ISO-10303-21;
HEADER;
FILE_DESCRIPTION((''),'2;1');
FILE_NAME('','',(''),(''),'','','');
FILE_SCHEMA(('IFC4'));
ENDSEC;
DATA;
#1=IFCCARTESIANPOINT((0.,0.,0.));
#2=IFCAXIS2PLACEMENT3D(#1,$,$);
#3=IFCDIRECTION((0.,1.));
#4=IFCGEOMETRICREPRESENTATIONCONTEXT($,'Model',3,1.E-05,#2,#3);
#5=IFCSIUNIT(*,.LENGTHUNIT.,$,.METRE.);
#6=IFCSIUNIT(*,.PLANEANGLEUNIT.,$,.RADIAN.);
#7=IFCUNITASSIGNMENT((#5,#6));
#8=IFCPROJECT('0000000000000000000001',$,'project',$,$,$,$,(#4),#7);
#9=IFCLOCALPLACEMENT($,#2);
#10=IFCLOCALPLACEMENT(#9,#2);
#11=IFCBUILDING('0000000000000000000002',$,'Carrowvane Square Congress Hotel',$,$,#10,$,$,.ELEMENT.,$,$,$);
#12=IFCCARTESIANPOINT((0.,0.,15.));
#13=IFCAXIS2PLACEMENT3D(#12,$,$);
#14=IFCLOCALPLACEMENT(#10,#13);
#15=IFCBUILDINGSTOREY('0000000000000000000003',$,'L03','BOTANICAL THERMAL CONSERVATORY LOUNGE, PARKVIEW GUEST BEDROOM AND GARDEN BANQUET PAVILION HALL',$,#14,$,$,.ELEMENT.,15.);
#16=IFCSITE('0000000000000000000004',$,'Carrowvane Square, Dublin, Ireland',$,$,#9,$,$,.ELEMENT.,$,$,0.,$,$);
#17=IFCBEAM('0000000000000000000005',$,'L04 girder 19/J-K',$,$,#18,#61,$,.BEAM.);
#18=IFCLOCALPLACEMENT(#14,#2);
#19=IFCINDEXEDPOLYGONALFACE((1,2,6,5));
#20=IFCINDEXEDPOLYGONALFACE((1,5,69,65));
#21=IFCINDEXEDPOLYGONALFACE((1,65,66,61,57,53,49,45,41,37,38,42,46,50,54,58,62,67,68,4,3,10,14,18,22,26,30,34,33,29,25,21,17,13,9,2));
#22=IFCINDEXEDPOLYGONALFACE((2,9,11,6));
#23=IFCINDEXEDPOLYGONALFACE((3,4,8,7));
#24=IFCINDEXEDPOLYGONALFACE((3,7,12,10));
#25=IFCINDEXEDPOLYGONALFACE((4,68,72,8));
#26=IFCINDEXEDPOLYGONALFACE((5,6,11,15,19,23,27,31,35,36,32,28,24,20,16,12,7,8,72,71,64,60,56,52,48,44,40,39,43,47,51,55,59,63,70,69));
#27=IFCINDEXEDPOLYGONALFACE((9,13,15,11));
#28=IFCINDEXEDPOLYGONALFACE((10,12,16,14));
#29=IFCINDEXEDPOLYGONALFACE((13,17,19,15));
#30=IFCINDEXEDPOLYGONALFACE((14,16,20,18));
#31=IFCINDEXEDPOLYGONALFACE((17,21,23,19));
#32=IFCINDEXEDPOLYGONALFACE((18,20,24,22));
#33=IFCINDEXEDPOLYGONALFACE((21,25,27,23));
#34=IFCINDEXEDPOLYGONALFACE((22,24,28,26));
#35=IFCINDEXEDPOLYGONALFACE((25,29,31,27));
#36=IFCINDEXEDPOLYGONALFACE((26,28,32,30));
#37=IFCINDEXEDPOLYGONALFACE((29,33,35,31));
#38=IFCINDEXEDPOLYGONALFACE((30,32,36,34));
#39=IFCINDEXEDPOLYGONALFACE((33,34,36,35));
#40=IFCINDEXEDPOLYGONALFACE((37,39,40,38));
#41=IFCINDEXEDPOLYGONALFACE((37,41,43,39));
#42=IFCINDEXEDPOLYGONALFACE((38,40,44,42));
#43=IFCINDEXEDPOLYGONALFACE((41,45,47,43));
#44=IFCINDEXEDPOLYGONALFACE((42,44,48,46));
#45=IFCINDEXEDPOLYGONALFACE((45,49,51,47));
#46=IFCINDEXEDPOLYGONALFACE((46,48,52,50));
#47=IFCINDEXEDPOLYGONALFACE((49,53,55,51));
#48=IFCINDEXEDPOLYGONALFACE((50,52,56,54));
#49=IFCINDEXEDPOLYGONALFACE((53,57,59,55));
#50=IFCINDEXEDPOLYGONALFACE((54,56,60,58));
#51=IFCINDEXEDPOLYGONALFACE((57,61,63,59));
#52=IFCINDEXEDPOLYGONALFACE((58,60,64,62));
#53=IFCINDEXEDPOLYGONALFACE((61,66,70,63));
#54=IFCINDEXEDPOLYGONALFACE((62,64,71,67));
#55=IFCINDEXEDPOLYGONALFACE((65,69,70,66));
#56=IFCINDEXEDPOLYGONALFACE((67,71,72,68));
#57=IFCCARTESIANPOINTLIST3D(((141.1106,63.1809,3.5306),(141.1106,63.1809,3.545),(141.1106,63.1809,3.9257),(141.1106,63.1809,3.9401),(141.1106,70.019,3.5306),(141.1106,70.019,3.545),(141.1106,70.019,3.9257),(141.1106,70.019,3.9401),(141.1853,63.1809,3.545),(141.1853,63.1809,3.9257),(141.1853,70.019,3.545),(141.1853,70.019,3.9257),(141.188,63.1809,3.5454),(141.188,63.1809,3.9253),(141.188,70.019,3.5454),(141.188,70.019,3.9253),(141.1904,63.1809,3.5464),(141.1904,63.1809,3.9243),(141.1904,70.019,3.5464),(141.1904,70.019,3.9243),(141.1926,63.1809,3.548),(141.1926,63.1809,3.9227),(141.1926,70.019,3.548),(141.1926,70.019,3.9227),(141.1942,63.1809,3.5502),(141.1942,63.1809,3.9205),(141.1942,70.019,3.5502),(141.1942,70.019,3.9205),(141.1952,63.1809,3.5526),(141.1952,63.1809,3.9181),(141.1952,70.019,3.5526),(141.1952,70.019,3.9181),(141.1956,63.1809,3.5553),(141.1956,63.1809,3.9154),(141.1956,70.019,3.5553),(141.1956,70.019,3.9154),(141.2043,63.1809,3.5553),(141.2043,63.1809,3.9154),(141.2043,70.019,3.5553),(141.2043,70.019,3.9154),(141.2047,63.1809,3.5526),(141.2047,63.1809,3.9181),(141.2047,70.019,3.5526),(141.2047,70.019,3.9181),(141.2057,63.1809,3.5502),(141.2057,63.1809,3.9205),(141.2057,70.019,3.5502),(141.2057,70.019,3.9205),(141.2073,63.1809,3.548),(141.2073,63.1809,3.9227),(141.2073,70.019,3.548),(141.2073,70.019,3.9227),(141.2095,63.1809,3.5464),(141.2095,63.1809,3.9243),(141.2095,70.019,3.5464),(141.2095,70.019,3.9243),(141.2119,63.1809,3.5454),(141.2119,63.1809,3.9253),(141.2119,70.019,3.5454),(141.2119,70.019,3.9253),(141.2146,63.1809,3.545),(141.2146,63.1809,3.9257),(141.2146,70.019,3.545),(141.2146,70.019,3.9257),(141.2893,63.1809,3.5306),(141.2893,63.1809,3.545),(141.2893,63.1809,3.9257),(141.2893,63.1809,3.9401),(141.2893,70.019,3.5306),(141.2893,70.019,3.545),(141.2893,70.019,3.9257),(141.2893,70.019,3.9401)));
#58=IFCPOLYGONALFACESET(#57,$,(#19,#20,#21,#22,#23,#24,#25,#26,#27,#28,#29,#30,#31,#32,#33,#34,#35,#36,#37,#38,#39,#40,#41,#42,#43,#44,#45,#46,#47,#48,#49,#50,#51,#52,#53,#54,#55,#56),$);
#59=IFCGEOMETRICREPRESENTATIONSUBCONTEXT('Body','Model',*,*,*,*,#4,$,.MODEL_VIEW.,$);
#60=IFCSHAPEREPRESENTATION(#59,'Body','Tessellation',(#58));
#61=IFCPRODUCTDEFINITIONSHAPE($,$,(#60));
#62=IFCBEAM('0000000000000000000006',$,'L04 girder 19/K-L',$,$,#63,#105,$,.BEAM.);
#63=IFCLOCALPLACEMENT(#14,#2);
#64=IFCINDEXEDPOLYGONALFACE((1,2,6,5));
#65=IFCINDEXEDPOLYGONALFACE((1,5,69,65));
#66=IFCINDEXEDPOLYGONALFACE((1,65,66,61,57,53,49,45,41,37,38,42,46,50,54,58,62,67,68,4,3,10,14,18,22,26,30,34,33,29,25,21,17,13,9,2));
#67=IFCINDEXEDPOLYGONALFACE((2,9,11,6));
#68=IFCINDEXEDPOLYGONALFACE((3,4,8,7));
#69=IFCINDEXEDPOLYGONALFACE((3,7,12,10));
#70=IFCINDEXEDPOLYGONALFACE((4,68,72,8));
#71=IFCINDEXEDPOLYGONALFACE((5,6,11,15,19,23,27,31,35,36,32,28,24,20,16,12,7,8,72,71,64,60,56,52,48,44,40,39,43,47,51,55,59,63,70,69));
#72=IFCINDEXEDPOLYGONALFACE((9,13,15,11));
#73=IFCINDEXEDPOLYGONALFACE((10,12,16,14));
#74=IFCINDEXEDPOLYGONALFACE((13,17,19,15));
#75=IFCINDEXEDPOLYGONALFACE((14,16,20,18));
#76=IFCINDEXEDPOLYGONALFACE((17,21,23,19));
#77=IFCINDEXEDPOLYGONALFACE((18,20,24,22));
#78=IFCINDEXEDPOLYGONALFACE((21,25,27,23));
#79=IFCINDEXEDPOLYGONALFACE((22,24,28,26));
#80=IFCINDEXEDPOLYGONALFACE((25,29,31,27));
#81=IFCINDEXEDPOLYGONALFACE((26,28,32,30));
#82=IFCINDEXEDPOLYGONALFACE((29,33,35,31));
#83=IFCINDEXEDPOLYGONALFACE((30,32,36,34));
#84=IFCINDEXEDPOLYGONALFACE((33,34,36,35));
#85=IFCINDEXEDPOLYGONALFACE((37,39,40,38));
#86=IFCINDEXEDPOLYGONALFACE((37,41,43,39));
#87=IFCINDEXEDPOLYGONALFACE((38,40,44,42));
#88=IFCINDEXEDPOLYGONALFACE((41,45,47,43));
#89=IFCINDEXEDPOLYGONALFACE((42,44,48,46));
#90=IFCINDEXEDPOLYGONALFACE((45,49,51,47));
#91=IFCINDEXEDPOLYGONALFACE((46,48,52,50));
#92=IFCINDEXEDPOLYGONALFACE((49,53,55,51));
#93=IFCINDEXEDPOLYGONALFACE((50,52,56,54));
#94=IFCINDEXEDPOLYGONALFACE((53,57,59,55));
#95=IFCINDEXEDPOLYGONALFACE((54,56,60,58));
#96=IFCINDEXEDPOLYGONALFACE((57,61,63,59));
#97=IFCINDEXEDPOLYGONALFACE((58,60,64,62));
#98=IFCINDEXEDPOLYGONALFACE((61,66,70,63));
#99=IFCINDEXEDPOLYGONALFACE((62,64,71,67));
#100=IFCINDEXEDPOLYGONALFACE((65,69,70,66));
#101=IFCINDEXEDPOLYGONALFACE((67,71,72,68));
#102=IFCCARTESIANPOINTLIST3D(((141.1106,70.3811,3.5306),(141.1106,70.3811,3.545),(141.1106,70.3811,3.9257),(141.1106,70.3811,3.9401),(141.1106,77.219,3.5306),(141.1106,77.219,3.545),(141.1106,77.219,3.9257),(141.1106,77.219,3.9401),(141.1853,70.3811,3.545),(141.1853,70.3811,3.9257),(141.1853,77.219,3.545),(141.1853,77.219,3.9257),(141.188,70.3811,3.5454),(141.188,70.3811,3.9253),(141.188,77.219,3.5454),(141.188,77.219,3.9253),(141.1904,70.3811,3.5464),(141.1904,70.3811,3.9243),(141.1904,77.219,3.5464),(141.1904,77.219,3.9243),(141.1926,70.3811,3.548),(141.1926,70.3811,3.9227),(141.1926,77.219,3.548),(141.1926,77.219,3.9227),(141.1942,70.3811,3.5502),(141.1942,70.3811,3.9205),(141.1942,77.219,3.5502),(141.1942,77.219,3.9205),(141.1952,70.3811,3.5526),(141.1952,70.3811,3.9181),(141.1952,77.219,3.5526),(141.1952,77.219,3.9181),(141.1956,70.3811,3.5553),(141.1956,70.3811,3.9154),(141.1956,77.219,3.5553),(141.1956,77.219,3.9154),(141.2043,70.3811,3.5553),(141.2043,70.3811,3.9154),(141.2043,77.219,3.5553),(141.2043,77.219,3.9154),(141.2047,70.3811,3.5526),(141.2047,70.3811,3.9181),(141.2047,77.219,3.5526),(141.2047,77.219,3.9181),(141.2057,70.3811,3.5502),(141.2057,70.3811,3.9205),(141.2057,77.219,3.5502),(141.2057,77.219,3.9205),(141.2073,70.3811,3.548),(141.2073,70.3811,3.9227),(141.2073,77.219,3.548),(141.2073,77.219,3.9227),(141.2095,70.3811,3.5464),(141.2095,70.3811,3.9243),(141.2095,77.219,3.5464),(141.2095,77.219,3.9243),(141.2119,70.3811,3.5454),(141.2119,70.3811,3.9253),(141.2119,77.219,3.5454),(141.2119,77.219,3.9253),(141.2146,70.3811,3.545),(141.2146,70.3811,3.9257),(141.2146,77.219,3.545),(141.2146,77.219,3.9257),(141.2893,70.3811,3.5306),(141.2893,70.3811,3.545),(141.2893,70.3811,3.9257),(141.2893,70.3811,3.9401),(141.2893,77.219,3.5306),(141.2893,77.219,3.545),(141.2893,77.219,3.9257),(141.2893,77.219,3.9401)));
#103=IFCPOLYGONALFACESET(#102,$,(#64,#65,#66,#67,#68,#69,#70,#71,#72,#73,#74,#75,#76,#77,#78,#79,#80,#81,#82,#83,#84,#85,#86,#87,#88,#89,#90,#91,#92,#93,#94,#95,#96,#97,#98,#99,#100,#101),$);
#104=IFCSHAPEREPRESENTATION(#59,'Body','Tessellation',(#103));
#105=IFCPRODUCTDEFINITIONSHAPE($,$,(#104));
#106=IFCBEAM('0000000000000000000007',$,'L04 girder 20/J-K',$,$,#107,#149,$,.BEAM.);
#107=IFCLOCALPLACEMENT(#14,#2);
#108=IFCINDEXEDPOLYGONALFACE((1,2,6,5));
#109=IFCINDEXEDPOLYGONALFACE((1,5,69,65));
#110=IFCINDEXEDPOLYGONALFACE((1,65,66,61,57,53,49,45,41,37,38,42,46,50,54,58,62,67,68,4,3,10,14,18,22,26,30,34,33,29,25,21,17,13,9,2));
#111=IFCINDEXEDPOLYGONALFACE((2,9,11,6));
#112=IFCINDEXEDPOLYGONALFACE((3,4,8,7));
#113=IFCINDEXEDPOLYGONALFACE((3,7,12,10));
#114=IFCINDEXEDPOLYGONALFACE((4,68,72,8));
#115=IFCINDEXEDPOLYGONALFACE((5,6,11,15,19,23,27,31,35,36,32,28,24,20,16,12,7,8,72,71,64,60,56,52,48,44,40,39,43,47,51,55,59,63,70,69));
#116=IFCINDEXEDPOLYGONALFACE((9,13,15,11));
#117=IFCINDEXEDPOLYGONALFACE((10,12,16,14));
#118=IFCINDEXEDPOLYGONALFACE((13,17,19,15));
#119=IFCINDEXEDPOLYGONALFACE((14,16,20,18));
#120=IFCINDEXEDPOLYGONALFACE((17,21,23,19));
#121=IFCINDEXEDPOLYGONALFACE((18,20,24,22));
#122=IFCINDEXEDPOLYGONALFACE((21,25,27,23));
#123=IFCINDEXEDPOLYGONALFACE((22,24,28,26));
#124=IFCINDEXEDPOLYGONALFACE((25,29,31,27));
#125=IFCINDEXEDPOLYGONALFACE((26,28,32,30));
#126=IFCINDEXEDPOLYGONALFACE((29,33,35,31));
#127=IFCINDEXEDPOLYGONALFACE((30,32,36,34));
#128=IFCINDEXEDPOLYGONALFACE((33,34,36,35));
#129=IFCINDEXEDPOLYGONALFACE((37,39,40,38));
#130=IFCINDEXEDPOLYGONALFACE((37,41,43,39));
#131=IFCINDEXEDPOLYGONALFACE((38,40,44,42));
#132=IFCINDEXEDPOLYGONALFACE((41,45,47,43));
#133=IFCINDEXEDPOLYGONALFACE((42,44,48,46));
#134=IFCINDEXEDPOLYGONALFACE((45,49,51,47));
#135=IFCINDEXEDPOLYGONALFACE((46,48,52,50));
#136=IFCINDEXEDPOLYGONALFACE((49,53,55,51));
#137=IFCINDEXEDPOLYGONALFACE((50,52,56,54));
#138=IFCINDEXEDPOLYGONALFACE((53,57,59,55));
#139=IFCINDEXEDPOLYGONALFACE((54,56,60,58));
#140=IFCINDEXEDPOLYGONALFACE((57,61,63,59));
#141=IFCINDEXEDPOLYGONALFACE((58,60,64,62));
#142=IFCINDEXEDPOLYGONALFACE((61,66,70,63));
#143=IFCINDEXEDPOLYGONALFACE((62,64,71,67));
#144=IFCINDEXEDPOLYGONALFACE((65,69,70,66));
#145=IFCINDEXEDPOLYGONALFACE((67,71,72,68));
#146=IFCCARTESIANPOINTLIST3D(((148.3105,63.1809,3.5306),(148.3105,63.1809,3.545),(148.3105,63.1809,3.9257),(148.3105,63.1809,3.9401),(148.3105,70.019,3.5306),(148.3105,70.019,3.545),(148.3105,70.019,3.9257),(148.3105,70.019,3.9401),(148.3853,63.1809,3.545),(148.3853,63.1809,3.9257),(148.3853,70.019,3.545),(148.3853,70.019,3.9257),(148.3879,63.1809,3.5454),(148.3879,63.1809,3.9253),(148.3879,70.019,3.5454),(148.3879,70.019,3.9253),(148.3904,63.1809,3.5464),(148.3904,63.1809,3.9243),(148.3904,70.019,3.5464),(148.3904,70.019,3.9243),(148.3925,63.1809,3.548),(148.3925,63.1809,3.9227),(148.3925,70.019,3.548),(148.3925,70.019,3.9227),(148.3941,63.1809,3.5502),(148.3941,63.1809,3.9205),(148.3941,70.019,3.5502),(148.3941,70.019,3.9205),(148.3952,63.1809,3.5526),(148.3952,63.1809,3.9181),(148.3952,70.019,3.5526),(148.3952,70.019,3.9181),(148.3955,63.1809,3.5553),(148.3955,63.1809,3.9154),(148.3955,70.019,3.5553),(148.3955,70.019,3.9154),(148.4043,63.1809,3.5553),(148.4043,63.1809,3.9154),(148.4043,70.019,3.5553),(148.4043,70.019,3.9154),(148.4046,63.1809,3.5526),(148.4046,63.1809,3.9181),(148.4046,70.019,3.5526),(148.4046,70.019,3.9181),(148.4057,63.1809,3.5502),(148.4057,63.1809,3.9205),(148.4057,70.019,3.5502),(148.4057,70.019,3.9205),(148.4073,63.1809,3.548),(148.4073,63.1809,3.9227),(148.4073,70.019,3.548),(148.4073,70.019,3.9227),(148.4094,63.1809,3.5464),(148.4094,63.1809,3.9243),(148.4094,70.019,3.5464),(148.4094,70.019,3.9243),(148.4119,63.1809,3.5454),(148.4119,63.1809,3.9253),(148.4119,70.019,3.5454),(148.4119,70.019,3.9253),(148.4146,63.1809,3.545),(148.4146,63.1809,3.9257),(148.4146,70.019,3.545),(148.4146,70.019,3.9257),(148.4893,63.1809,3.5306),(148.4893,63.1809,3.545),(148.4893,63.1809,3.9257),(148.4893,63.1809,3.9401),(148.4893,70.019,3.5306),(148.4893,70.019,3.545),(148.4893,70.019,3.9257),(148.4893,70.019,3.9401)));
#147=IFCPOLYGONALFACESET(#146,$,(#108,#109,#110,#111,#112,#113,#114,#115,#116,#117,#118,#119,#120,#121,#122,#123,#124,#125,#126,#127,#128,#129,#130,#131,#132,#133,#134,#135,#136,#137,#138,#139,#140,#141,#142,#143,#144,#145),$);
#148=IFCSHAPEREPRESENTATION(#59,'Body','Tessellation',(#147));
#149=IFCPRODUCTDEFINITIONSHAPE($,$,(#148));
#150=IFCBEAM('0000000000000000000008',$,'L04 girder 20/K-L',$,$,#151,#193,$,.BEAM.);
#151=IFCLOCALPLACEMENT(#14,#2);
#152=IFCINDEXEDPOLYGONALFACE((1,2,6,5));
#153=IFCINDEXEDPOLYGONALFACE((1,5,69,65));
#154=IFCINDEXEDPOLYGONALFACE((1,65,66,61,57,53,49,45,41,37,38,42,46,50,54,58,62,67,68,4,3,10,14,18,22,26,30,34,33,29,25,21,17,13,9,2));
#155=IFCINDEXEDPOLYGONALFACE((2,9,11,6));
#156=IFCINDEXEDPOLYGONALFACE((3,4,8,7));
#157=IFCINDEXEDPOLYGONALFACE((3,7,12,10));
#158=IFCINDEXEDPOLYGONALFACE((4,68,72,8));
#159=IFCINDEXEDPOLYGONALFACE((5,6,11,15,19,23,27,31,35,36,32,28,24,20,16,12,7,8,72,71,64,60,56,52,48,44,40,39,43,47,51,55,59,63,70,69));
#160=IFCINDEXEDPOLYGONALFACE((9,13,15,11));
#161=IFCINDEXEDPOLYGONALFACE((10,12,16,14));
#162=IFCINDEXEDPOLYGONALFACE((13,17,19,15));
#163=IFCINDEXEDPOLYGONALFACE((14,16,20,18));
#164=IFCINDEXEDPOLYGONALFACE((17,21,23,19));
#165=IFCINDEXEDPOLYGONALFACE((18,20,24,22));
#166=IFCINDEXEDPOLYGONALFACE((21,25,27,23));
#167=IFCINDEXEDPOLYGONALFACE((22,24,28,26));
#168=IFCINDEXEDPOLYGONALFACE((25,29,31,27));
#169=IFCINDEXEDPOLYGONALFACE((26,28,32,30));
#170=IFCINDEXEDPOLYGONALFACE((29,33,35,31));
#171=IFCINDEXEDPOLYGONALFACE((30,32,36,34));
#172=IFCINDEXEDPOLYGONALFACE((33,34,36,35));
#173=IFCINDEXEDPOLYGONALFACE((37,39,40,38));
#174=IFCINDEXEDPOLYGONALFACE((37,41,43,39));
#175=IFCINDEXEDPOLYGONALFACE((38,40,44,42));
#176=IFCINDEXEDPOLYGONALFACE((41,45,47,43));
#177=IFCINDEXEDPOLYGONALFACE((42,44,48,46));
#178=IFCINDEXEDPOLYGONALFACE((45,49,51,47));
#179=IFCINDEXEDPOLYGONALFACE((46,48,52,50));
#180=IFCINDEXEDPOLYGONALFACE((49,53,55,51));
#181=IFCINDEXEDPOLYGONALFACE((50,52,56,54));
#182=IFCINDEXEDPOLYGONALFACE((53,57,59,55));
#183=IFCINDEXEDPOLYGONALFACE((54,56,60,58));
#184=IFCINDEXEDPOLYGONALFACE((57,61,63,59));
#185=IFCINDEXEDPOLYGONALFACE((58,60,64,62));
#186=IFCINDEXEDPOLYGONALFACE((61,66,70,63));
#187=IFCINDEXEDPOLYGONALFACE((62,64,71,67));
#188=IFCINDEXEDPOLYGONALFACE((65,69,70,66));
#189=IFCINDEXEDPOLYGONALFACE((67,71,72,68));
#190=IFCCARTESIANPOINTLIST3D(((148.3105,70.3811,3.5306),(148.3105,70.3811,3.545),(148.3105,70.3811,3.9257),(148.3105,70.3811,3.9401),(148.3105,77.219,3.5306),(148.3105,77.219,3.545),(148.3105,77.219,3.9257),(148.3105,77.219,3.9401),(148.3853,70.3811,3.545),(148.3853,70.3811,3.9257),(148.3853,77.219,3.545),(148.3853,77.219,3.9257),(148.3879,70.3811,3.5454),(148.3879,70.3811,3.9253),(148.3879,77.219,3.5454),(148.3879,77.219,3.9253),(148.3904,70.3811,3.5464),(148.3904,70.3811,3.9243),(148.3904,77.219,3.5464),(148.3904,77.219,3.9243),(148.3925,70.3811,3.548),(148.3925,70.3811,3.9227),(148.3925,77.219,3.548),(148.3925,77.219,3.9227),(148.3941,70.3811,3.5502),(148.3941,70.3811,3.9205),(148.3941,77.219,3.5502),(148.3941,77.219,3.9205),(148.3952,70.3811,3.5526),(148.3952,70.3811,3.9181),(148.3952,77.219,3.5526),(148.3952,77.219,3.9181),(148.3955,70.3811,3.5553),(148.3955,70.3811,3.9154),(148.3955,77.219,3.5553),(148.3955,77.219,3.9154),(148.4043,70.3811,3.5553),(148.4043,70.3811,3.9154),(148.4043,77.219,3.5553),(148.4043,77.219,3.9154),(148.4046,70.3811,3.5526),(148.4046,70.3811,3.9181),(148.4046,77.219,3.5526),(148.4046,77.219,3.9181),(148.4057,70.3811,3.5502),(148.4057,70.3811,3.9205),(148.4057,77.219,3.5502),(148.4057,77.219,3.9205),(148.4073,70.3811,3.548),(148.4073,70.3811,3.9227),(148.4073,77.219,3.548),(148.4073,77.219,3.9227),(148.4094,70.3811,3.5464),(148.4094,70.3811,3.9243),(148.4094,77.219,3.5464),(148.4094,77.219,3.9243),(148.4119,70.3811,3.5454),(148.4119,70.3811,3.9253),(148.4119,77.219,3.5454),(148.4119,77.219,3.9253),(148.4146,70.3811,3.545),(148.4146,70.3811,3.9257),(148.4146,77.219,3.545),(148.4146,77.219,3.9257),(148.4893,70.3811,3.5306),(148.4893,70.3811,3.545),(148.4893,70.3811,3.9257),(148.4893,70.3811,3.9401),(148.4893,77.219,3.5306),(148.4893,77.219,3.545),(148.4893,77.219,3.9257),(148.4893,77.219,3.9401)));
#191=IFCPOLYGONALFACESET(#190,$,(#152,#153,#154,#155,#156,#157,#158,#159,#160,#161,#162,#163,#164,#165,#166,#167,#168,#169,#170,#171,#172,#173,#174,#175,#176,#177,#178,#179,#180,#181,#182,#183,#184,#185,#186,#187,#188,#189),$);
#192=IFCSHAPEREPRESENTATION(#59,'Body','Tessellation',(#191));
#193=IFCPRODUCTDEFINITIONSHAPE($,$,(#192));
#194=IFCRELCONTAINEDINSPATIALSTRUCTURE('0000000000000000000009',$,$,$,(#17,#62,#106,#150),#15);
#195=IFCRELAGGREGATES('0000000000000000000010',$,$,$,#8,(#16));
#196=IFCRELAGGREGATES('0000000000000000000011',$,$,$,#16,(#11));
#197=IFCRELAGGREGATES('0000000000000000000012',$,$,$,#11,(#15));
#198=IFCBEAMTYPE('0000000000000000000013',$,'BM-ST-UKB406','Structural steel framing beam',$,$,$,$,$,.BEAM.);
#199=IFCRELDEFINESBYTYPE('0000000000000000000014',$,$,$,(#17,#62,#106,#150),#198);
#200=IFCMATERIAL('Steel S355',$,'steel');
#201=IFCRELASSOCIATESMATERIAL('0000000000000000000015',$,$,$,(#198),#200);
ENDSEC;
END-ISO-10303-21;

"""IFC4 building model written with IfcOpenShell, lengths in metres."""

from ifc_helpers import new_model, si_unit, direction, frame, origin, origin_2d, place, context, subcontext, project, spatial, i_section, extrude, material, material_profile, profile_set, type_object, element, save


model = new_model("IFC4")

# Units and contexts
model_context = context("Model", 3, precision=1e-05, world=origin(), true_north=direction((0.0, 1.0)))
body_context = subcontext(model_context, "Body", "Model", "MODEL_VIEW")
ifc_project = project(units=[si_unit("LENGTHUNIT", "METRE"), si_unit("PLANEANGLEUNIT", "RADIAN")], contexts=[model_context])

# Site, building, storey
site_placement = place(None, origin())
site = spatial("IfcSite", under=ifc_project, at=site_placement, Name="Carrowvane Square, Dublin, Ireland", CompositionType="ELEMENT", RefElevation=0.0)
building_placement = place(site_placement, origin())
building = spatial("IfcBuilding", under=site, at=building_placement, Name="Carrowvane Square Congress Hotel", CompositionType="ELEMENT")
storey_placement = place(building_placement, frame((0.0, 0.0, 15.0)))
storey = spatial("IfcBuildingStorey", under=building, at=storey_placement, Name="L03", Description="BOTANICAL THERMAL CONSERVATORY LOUNGE, PARKVIEW GUEST BEDROOM AND GARDEN BANQUET PAVILION HALL", CompositionType="ELEMENT", Elevation=15.0)

# Beams
ifc_material_1 = material(Name="Steel S355", Category="steel")
ifc_material_profile_1 = material_profile(ifc_material_1, i_section(OverallWidth=0.1787, OverallDepth=0.4094, WebThickness=0.0088, FlangeThickness=0.0144, FilletRadius=0.0103, at=origin_2d()), Name="UKB 406x178x67")
ifc_profile_set_1 = profile_set([ifc_material_profile_1], Name="Steel S355")
beam_type_1 = type_object("IfcBeamType", Name="BM-ST-UKB406", Description="Structural steel framing beam", PredefinedType="BEAM", material=ifc_profile_set_1)
beam_1_placement = place(storey_placement, frame((141.2, 63.1809, 3.7354), z_axis=(0.0, 1.0, 0.0), x_axis=(-1.0, 0.0, 0.0)))
element("IfcBeam", 1, at=beam_1_placement, inside=storey, type_object=beam_type_1, Name="L04 girder 19/J-K", PredefinedType="BEAM", context=body_context, shape_type="SweptSolid", body=[
    extrude(i_section(OverallWidth=0.1787, OverallDepth=0.4094, WebThickness=0.0088, FlangeThickness=0.0144, FilletRadius=0.0103, at=origin_2d()), origin(), (0.0, 0.0, 1.0), 6.8381),
])
beam_2_placement = place(storey_placement, frame((141.2, 70.3811, 3.7354), z_axis=(0.0, 1.0, 0.0), x_axis=(-1.0, 0.0, 0.0)))
element("IfcBeam", 2, at=beam_2_placement, inside=storey, type_object=beam_type_1, Name="L04 girder 19/K-L", PredefinedType="BEAM", context=body_context, shape_type="SweptSolid", body=[
    extrude(i_section(OverallWidth=0.1787, OverallDepth=0.4094, WebThickness=0.0088, FlangeThickness=0.0144, FilletRadius=0.0103, at=origin_2d()), origin(), (0.0, 0.0, 1.0), 6.8379),
])
beam_3_placement = place(storey_placement, frame((148.3999, 63.1809, 3.7354), z_axis=(0.0, 1.0, 0.0), x_axis=(-1.0, 0.0, 0.0)))
element("IfcBeam", 3, at=beam_3_placement, inside=storey, type_object=beam_type_1, Name="L04 girder 20/J-K", PredefinedType="BEAM", context=body_context, shape_type="SweptSolid", body=[
    extrude(i_section(OverallWidth=0.1787, OverallDepth=0.4094, WebThickness=0.0088, FlangeThickness=0.0144, FilletRadius=0.0103, at=origin_2d()), origin(), (0.0, 0.0, 1.0), 6.8381),
])
beam_4_placement = place(storey_placement, frame((148.3999, 70.3811, 3.7354), z_axis=(0.0, 1.0, 0.0), x_axis=(-1.0, 0.0, 0.0)))
element("IfcBeam", 4, at=beam_4_placement, inside=storey, type_object=beam_type_1, Name="L04 girder 20/K-L", PredefinedType="BEAM", context=body_context, shape_type="SweptSolid", body=[
    extrude(i_section(OverallWidth=0.1787, OverallDepth=0.4094, WebThickness=0.0088, FlangeThickness=0.0144, FilletRadius=0.0103, at=origin_2d()), origin(), (0.0, 0.0, 1.0), 6.8379),
])

save(model, "model.ifc")
